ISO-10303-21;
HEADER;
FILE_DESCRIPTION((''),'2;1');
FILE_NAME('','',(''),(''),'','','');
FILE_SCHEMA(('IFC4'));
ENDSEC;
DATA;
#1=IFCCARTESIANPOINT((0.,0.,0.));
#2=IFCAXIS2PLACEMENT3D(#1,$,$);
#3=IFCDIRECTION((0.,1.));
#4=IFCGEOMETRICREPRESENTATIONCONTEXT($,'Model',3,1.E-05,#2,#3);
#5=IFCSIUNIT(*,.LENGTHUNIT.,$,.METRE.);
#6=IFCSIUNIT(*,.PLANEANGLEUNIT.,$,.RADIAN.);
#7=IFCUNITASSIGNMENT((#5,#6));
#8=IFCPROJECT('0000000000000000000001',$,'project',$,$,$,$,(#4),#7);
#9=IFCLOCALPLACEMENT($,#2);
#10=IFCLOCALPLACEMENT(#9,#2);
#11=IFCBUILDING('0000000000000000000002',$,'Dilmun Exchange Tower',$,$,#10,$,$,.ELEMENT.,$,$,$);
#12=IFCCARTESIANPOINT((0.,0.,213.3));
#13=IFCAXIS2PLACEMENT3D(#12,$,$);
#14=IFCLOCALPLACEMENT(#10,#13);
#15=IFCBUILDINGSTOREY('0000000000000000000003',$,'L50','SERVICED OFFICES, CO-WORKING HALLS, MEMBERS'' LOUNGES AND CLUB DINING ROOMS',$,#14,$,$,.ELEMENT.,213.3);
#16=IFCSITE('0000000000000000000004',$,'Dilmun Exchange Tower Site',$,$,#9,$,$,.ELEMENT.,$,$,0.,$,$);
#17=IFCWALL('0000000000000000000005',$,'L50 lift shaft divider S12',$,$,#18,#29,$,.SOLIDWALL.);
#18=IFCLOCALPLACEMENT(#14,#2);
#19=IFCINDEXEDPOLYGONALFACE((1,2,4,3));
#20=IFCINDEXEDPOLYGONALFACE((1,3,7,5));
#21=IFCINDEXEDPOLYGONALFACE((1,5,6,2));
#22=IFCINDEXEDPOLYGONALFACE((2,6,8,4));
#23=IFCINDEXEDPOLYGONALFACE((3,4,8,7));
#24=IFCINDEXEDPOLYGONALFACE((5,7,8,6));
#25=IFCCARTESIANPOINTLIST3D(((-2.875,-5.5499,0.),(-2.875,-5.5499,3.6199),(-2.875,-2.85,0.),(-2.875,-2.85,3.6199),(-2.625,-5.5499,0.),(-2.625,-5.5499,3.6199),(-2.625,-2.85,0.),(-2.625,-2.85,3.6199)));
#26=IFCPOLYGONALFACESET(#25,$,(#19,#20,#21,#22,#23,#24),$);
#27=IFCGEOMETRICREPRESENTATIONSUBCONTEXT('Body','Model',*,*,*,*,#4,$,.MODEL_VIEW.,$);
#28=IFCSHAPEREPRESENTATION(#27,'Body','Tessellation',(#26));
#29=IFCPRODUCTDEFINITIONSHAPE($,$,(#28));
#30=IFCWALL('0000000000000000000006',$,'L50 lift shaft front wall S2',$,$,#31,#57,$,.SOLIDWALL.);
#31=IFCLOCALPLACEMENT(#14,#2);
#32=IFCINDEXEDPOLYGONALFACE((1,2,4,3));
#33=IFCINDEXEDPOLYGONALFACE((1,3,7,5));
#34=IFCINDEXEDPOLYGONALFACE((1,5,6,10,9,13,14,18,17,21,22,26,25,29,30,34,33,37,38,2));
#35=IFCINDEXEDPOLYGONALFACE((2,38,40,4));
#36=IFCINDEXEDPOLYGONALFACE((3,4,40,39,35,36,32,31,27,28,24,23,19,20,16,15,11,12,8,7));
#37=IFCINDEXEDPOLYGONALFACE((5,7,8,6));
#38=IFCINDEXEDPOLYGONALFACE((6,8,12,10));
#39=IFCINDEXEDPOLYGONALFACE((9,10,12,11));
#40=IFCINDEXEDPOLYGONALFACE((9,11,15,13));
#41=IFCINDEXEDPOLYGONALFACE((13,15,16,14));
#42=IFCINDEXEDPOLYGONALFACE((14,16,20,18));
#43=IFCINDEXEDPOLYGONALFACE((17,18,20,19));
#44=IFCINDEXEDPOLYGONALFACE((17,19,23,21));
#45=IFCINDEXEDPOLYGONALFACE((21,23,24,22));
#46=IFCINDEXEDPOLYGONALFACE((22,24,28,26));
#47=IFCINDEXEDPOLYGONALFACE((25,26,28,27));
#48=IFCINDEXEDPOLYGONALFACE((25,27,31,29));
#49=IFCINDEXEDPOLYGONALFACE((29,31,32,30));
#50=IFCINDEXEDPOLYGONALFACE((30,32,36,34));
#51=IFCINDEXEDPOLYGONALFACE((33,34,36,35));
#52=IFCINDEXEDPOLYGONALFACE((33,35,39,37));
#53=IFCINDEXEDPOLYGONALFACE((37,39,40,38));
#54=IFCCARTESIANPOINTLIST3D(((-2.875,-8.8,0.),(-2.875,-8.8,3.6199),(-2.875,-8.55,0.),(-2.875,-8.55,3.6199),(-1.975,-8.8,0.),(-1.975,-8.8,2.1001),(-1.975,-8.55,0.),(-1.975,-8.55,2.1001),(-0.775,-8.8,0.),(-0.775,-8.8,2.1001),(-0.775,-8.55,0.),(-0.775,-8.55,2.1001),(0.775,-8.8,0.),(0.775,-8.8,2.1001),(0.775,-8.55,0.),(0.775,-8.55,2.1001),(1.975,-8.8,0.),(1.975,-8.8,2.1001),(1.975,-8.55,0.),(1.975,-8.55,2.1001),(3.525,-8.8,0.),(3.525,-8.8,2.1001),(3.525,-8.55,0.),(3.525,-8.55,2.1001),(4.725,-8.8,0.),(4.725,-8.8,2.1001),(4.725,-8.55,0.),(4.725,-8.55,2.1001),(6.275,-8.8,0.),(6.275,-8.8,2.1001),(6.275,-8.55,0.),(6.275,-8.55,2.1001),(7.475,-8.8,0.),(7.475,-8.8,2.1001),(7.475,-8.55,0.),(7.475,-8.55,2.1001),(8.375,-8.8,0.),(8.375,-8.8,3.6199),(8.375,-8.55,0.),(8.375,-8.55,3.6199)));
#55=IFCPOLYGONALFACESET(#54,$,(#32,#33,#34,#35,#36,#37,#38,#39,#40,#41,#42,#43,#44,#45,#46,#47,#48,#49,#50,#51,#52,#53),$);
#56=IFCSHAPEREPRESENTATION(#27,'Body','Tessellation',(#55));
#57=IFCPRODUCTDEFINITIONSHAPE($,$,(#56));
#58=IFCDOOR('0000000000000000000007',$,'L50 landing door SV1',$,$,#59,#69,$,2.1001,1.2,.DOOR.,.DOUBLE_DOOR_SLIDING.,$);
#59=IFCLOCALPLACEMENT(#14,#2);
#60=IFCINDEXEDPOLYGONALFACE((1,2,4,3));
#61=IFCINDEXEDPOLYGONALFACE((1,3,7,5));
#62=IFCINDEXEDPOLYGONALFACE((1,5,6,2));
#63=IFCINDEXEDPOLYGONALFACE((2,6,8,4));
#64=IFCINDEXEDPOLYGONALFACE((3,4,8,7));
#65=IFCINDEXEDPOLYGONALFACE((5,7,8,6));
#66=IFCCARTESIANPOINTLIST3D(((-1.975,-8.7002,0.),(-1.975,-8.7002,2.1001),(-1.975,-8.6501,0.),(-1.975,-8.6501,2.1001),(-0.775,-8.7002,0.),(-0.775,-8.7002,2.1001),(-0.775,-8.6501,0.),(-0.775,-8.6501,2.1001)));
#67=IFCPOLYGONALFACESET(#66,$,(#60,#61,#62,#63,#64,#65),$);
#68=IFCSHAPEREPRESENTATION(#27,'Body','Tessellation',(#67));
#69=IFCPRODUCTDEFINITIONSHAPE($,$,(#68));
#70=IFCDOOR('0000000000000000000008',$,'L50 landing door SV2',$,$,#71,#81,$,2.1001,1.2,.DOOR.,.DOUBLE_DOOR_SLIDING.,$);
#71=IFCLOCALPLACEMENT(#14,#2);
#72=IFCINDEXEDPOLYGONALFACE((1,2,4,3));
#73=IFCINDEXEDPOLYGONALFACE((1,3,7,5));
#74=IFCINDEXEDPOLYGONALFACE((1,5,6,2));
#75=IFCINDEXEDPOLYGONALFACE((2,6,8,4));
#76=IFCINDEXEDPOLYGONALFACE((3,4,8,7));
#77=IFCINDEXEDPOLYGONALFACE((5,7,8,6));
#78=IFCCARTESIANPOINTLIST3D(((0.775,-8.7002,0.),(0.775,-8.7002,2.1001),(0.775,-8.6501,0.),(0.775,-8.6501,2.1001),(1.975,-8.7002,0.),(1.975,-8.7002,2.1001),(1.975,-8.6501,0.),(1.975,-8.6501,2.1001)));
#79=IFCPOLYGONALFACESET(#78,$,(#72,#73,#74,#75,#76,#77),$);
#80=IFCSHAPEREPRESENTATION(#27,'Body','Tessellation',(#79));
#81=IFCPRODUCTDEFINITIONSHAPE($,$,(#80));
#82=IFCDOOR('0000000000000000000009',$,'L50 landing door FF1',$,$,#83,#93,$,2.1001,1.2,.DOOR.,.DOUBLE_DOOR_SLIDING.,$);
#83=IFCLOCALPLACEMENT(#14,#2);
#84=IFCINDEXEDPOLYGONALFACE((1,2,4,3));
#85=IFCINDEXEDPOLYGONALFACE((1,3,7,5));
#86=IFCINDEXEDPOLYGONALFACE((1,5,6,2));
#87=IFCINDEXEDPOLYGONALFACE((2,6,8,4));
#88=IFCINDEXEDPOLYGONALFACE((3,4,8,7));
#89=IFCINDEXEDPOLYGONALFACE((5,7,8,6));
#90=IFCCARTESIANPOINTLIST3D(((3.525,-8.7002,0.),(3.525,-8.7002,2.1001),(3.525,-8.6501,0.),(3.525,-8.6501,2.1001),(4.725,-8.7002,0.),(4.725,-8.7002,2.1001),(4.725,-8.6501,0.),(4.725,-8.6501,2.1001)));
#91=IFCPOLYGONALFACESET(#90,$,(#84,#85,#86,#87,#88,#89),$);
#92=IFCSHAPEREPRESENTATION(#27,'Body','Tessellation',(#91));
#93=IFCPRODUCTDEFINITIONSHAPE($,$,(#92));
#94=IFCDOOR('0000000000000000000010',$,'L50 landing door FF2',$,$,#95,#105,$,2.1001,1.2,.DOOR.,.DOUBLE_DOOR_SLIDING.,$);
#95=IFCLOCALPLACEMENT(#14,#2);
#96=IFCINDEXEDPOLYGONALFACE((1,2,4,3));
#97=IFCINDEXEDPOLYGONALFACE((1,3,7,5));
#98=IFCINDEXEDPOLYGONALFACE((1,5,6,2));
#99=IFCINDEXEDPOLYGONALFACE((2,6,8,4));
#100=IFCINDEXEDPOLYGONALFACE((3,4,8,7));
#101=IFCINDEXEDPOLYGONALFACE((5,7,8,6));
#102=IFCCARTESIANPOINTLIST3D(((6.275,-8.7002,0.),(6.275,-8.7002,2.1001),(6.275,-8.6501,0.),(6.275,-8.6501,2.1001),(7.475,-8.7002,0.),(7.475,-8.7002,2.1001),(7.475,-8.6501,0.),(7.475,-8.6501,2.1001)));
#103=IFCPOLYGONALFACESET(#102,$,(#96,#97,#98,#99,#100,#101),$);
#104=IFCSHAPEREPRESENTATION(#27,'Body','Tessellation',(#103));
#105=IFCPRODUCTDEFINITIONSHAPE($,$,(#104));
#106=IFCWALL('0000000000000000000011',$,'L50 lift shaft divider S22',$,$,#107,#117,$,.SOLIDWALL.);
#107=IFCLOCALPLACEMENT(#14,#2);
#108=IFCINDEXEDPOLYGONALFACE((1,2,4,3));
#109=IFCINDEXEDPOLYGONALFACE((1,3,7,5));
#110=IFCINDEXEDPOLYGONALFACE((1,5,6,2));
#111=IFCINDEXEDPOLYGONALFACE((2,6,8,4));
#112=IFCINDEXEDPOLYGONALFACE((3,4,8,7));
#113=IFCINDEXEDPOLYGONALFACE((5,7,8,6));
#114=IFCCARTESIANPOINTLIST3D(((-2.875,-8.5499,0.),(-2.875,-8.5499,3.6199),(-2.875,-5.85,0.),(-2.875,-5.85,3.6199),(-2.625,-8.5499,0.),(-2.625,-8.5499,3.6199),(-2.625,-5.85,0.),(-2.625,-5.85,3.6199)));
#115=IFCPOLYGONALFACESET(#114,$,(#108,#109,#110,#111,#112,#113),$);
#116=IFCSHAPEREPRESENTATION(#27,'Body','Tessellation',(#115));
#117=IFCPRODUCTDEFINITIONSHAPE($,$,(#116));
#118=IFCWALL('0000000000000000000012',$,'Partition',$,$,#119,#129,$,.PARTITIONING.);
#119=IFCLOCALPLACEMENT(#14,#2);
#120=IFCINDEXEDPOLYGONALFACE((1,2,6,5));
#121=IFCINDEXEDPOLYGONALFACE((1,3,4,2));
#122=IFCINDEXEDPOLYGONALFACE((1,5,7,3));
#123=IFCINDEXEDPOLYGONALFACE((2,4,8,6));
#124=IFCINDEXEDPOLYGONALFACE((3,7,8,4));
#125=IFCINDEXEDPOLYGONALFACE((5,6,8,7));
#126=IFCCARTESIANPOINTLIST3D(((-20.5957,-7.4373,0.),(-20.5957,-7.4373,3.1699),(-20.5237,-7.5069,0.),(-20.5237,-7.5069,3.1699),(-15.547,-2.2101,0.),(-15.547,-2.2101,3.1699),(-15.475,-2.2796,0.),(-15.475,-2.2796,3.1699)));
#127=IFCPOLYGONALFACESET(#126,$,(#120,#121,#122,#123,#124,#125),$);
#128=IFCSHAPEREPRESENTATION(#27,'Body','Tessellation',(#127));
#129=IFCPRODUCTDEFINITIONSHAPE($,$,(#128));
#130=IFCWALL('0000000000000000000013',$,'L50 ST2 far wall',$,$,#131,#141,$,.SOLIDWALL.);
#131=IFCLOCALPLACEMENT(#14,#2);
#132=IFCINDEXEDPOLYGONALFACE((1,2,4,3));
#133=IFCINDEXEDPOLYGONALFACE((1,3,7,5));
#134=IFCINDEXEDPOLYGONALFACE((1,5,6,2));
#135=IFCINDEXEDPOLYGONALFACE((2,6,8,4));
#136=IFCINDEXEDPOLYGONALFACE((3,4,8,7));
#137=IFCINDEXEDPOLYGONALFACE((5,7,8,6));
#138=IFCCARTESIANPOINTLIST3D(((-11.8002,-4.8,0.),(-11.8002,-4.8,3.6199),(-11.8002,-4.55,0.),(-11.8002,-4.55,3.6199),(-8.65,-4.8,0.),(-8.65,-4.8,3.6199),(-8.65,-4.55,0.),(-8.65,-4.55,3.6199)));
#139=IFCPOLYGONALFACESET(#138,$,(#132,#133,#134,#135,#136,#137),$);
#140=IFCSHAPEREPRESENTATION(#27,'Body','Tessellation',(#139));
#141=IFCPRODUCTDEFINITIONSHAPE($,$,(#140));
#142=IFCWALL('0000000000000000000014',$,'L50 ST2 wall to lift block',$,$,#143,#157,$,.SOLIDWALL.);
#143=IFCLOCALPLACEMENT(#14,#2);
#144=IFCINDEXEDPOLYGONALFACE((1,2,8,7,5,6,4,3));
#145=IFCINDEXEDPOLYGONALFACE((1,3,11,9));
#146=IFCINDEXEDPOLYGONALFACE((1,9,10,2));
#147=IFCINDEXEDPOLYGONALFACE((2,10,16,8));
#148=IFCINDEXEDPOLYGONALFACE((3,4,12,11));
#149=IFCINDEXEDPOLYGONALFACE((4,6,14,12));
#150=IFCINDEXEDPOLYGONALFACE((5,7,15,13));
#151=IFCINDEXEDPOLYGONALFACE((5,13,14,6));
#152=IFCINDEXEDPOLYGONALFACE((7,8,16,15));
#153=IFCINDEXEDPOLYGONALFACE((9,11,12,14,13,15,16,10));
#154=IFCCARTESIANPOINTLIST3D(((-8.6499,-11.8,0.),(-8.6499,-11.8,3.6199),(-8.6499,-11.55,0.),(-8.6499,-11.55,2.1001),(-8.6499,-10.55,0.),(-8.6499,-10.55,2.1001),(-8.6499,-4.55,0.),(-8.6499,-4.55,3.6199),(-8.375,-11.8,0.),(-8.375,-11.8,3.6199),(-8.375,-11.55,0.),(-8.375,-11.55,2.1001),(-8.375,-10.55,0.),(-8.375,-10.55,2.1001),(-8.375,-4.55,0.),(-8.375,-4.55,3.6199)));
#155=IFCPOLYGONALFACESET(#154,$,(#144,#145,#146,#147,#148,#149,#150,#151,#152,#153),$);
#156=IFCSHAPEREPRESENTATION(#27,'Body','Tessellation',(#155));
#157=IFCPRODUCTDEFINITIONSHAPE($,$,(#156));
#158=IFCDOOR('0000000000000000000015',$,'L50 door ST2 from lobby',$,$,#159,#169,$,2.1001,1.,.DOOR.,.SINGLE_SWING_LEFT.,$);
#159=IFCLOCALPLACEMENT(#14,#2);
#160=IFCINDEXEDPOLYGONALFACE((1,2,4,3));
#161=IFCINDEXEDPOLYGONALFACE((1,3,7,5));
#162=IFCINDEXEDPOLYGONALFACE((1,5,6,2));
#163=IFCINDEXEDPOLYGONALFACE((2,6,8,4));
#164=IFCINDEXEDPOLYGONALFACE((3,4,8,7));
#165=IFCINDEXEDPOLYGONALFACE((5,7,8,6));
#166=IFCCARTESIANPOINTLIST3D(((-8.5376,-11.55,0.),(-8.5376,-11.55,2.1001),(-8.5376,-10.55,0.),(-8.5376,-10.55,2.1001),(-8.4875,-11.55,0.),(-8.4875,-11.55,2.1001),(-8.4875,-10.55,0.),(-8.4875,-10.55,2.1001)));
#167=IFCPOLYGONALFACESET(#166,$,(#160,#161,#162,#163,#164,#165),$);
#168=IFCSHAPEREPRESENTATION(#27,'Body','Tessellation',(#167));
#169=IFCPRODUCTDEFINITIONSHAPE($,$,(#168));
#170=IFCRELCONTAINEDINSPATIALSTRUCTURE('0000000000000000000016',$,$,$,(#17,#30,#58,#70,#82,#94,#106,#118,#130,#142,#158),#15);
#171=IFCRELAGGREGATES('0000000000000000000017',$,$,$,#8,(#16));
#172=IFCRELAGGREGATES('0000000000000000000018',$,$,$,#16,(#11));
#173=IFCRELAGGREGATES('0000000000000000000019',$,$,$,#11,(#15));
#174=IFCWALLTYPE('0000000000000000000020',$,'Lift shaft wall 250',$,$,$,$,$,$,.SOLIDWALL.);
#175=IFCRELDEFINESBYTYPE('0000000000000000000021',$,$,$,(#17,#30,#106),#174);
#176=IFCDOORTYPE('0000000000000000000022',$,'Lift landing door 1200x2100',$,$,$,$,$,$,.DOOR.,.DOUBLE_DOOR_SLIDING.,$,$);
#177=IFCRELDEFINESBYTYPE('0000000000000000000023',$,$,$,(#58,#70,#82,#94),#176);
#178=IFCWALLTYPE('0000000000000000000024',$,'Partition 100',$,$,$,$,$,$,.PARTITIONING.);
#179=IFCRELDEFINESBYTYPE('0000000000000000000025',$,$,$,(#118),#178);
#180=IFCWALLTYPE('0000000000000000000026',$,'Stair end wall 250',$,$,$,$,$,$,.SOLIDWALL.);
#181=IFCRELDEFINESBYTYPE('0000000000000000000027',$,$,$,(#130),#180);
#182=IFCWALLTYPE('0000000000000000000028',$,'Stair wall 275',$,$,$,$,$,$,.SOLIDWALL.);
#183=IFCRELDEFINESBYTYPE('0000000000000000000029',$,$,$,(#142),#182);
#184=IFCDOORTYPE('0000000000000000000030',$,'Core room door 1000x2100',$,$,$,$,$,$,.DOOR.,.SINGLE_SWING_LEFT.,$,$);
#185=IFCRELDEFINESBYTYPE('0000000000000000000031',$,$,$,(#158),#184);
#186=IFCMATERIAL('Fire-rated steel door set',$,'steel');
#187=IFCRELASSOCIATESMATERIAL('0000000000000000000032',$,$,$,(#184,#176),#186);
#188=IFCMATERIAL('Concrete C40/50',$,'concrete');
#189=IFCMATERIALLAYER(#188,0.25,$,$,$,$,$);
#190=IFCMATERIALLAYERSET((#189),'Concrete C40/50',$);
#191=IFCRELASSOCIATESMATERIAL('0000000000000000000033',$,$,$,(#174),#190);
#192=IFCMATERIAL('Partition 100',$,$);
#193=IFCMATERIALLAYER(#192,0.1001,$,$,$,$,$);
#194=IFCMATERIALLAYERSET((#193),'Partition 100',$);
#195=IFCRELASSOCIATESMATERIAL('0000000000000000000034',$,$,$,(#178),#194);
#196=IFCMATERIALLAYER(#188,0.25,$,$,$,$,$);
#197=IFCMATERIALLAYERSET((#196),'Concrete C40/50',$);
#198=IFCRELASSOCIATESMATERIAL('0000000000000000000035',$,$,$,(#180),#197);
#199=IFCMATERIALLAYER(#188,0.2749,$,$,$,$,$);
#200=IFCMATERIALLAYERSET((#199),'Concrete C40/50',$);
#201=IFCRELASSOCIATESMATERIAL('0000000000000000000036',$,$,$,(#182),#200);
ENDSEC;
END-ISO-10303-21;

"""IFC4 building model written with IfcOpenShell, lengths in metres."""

from ifc_helpers import new_model, si_unit, direction, frame, frame_2d, origin, place, context, subcontext, project, spatial, rectangle, extrude, material, layer, layer_set, type_object, element, fill, save


model = new_model("IFC4")

# Units and contexts
model_context = context("Model", 3, precision=1e-05, world=origin(), true_north=direction((0.0, 1.0)))
body_context = subcontext(model_context, "Body", "Model", "MODEL_VIEW")
ifc_project = project(units=[si_unit("LENGTHUNIT", "METRE"), si_unit("PLANEANGLEUNIT", "RADIAN")], contexts=[model_context])

# Site, building, storey
site_placement = place(None, origin())
site = spatial("IfcSite", under=ifc_project, at=site_placement, Name="Dilmun Exchange Tower Site", CompositionType="ELEMENT", RefElevation=0.0)
building_placement = place(site_placement, origin())
building = spatial("IfcBuilding", under=site, at=building_placement, Name="Dilmun Exchange Tower", CompositionType="ELEMENT")
storey_placement = place(building_placement, frame((0.0, 0.0, 213.3)))
storey = spatial("IfcBuildingStorey", under=building, at=storey_placement, Name="L50", Description="SERVICED OFFICES, CO-WORKING HALLS, MEMBERS' LOUNGES AND CLUB DINING ROOMS", CompositionType="ELEMENT", Elevation=213.3)

# Shared definitions
ifc_material_1 = material(Name="Concrete C40/50", Category="concrete")

# Shared definitions
ifc_material_2 = material(Name="Fire-rated steel door set", Category="steel")
door_type_1 = type_object("IfcDoorType", Name="Core room door 1000x2100", OperationType="SINGLE_SWING_LEFT", PredefinedType="DOOR", material=ifc_material_2)

# Wall
ifc_layer_1 = layer(ifc_material_1, 0.25)
ifc_layer_set_1 = layer_set([ifc_layer_1], Name="Concrete C40/50")
wall_type_1 = type_object("IfcWallType", Name="Lift shaft wall 250", PredefinedType="SOLIDWALL", material=ifc_layer_set_1)
wall_1_placement = place(storey_placement, frame((-2.75, -5.55, 0.0), z_axis=(0.0, 0.0, 1.0), x_axis=(0.0, 1.0, 0.0)))
element("IfcWall", 1, at=wall_1_placement, inside=storey, type_object=wall_type_1, Name="L50 lift shaft divider S12", PredefinedType="SOLIDWALL", context=body_context, shape_type="SweptSolid", body=[
    extrude(rectangle(XDim=2.7, YDim=0.25, at=frame_2d((1.3501, 0.0))), origin(), (0.0, 0.0, 1.0), 3.6199),
])

# Wall, openings, doors
wall_2_placement = place(storey_placement, frame((-2.875, -8.675, 0.0), z_axis=(0.0, 0.0, 1.0), x_axis=(1.0, 0.0, 0.0)))
wall_2 = element("IfcWall", 2, at=wall_2_placement, inside=storey, type_object=wall_type_1, Name="L50 lift shaft front wall S2", PredefinedType="SOLIDWALL", context=body_context, shape_type="SweptSolid", body=[
    extrude(rectangle(XDim=11.25, YDim=0.25, at=frame_2d((5.625, 0.0))), origin(), (0.0, 0.0, 1.0), 3.6199),
])
opening_1_placement = place(wall_2_placement, frame((0.8999, 0.0, 0.0)))
opening_1 = element("IfcOpeningElement", 3, at=opening_1_placement, cuts=wall_2, PredefinedType="OPENING", context=body_context, shape_type="SweptSolid", body=[
    extrude(rectangle(XDim=1.2, YDim=2.1001, at=frame_2d((0.6001, 1.05))), frame((0.0, 0.135, 0.0), z_axis=(0.0, -1.0, 0.0), x_axis=(1.0, 0.0, 0.0)), (0.0, 0.0, 1.0), 0.27),
])
opening_2_placement = place(wall_2_placement, frame((3.6499, 0.0, 0.0)))
opening_2 = element("IfcOpeningElement", 4, at=opening_2_placement, cuts=wall_2, PredefinedType="OPENING", context=body_context, shape_type="SweptSolid", body=[
    extrude(rectangle(XDim=1.2, YDim=2.1001, at=frame_2d((0.6001, 1.05))), frame((0.0, 0.135, 0.0), z_axis=(0.0, -1.0, 0.0), x_axis=(1.0, 0.0, 0.0)), (0.0, 0.0, 1.0), 0.27),
])
opening_3_placement = place(wall_2_placement, frame((6.3999, 0.0, 0.0)))
opening_3 = element("IfcOpeningElement", 5, at=opening_3_placement, cuts=wall_2, PredefinedType="OPENING", context=body_context, shape_type="SweptSolid", body=[
    extrude(rectangle(XDim=1.2, YDim=2.1001, at=frame_2d((0.6001, 1.05))), frame((0.0, 0.135, 0.0), z_axis=(0.0, -1.0, 0.0), x_axis=(1.0, 0.0, 0.0)), (0.0, 0.0, 1.0), 0.27),
])
opening_4_placement = place(wall_2_placement, frame((9.1499, 0.0, 0.0)))
opening_4 = element("IfcOpeningElement", 6, at=opening_4_placement, cuts=wall_2, PredefinedType="OPENING", context=body_context, shape_type="SweptSolid", body=[
    extrude(rectangle(XDim=1.2, YDim=2.1001, at=frame_2d((0.6001, 1.05))), frame((0.0, 0.135, 0.0), z_axis=(0.0, -1.0, 0.0), x_axis=(1.0, 0.0, 0.0)), (0.0, 0.0, 1.0), 0.27),
])
door_type_2 = type_object("IfcDoorType", Name="Lift landing door 1200x2100", OperationType="DOUBLE_DOOR_SLIDING", PredefinedType="DOOR", material=ifc_material_2)
door_1_placement = place(opening_1_placement, origin())
door_1 = element("IfcDoor", 7, at=door_1_placement, inside=storey, type_object=door_type_2, Name="L50 landing door SV1", OperationType="DOUBLE_DOOR_SLIDING", OverallHeight=2.1001, OverallWidth=1.2, PredefinedType="DOOR", context=body_context, shape_type="SweptSolid", body=[
    extrude(rectangle(XDim=1.2, YDim=2.1001, at=frame_2d((0.6001, 1.05))), frame((0.0, 0.0249, 0.0), z_axis=(0.0, -1.0, 0.0), x_axis=(1.0, 0.0, 0.0)), (0.0, 0.0, 1.0), 0.05),
])
fill(opening_1, door_1)
door_2_placement = place(opening_2_placement, origin())
door_2 = element("IfcDoor", 8, at=door_2_placement, inside=storey, type_object=door_type_2, Name="L50 landing door SV2", OperationType="DOUBLE_DOOR_SLIDING", OverallHeight=2.1001, OverallWidth=1.2, PredefinedType="DOOR", context=body_context, shape_type="SweptSolid", body=[
    extrude(rectangle(XDim=1.2, YDim=2.1001, at=frame_2d((0.6001, 1.05))), frame((0.0, 0.0249, 0.0), z_axis=(0.0, -1.0, 0.0), x_axis=(1.0, 0.0, 0.0)), (0.0, 0.0, 1.0), 0.05),
])
fill(opening_2, door_2)
door_3_placement = place(opening_3_placement, origin())
door_3 = element("IfcDoor", 9, at=door_3_placement, inside=storey, type_object=door_type_2, Name="L50 landing door FF1", OperationType="DOUBLE_DOOR_SLIDING", OverallHeight=2.1001, OverallWidth=1.2, PredefinedType="DOOR", context=body_context, shape_type="SweptSolid", body=[
    extrude(rectangle(XDim=1.2, YDim=2.1001, at=frame_2d((0.6001, 1.05))), frame((0.0, 0.0249, 0.0), z_axis=(0.0, -1.0, 0.0), x_axis=(1.0, 0.0, 0.0)), (0.0, 0.0, 1.0), 0.05),
])
fill(opening_3, door_3)
door_4_placement = place(opening_4_placement, origin())
door_4 = element("IfcDoor", 10, at=door_4_placement, inside=storey, type_object=door_type_2, Name="L50 landing door FF2", OperationType="DOUBLE_DOOR_SLIDING", OverallHeight=2.1001, OverallWidth=1.2, PredefinedType="DOOR", context=body_context, shape_type="SweptSolid", body=[
    extrude(rectangle(XDim=1.2, YDim=2.1001, at=frame_2d((0.6001, 1.05))), frame((0.0, 0.0249, 0.0), z_axis=(0.0, -1.0, 0.0), x_axis=(1.0, 0.0, 0.0)), (0.0, 0.0, 1.0), 0.05),
])
fill(opening_4, door_4)

# Walls
wall_3_placement = place(storey_placement, frame((-2.75, -8.55, 0.0), z_axis=(0.0, 0.0, 1.0), x_axis=(0.0, 1.0, 0.0)))
element("IfcWall", 11, at=wall_3_placement, inside=storey, type_object=wall_type_1, Name="L50 lift shaft divider S22", PredefinedType="SOLIDWALL", context=body_context, shape_type="SweptSolid", body=[
    extrude(rectangle(XDim=2.7, YDim=0.25, at=frame_2d((1.3501, 0.0))), origin(), (0.0, 0.0, 1.0), 3.6199),
])
ifc_material_3 = material(Name="Partition 100")
ifc_layer_2 = layer(ifc_material_3, 0.1001)
ifc_layer_set_2 = layer_set([ifc_layer_2], Name="Partition 100")
wall_type_2 = type_object("IfcWallType", Name="Partition 100", PredefinedType="PARTITIONING", material=ifc_layer_set_2)
wall_4_placement = place(storey_placement, frame((-20.5598, -7.4722, 0.0), z_axis=(0.0, 0.0, 1.0), x_axis=(0.694722, 0.719279, 0.0)))
element("IfcWall", 12, at=wall_4_placement, inside=storey, type_object=wall_type_2, Name="Partition", PredefinedType="PARTITIONING", context=body_context, shape_type="SweptSolid", body=[
    extrude(rectangle(XDim=7.2673, YDim=0.1001, at=frame_2d((3.6338, 0.0))), origin(), (0.0, 0.0, 1.0), 3.1699),
])
ifc_layer_3 = layer(ifc_material_1, 0.25)
ifc_layer_set_3 = layer_set([ifc_layer_3], Name="Concrete C40/50")
wall_type_3 = type_object("IfcWallType", Name="Stair end wall 250", PredefinedType="SOLIDWALL", material=ifc_layer_set_3)
wall_5_placement = place(storey_placement, frame((-8.6499, -4.675, 0.0), z_axis=(0.0, 0.0, 1.0), x_axis=(-1.0, 0.0, 0.0)))
element("IfcWall", 13, at=wall_5_placement, inside=storey, type_object=wall_type_3, Name="L50 ST2 far wall", PredefinedType="SOLIDWALL", context=body_context, shape_type="SweptSolid", body=[
    extrude(rectangle(XDim=3.1501, YDim=0.25, at=frame_2d((1.5752, 0.0))), origin(), (0.0, 0.0, 1.0), 3.6199),
])

# Wall, opening, door
ifc_layer_4 = layer(ifc_material_1, 0.2749)
ifc_layer_set_4 = layer_set([ifc_layer_4], Name="Concrete C40/50")
wall_type_4 = type_object("IfcWallType", Name="Stair wall 275", PredefinedType="SOLIDWALL", material=ifc_layer_set_4)
wall_6_placement = place(storey_placement, frame((-8.5125, -4.55, 0.0), z_axis=(0.0, 0.0, 1.0), x_axis=(0.0, -1.0, 0.0)))
wall_6 = element("IfcWall", 14, at=wall_6_placement, inside=storey, type_object=wall_type_4, Name="L50 ST2 wall to lift block", PredefinedType="SOLIDWALL", context=body_context, shape_type="SweptSolid", body=[
    extrude(rectangle(XDim=7.25, YDim=0.2749, at=frame_2d((3.625, 0.0))), origin(), (0.0, 0.0, 1.0), 3.6199),
])
opening_5_placement = place(wall_6_placement, frame((6.0, 0.0, 0.0)))
opening_5 = element("IfcOpeningElement", 15, at=opening_5_placement, cuts=wall_6, PredefinedType="OPENING", context=body_context, shape_type="SweptSolid", body=[
    extrude(rectangle(XDim=1.0, YDim=2.1001, at=frame_2d((0.5, 1.05))), frame((0.0, 0.1475, 0.0), z_axis=(0.0, -1.0, 0.0), x_axis=(1.0, 0.0, 0.0)), (0.0, 0.0, 1.0), 0.2949),
])
door_5_placement = place(opening_5_placement, origin())
door_5 = element("IfcDoor", 16, at=door_5_placement, inside=storey, type_object=door_type_1, Name="L50 door ST2 from lobby", OperationType="SINGLE_SWING_LEFT", OverallHeight=2.1001, OverallWidth=1.0, PredefinedType="DOOR", context=body_context, shape_type="SweptSolid", body=[
    extrude(rectangle(XDim=1.0, YDim=2.1001, at=frame_2d((0.5, 1.05))), frame((0.0, 0.0249, 0.0), z_axis=(0.0, -1.0, 0.0), x_axis=(1.0, 0.0, 0.0)), (0.0, 0.0, 1.0), 0.05),
])
fill(opening_5, door_5)

save(model, "model.ifc")
